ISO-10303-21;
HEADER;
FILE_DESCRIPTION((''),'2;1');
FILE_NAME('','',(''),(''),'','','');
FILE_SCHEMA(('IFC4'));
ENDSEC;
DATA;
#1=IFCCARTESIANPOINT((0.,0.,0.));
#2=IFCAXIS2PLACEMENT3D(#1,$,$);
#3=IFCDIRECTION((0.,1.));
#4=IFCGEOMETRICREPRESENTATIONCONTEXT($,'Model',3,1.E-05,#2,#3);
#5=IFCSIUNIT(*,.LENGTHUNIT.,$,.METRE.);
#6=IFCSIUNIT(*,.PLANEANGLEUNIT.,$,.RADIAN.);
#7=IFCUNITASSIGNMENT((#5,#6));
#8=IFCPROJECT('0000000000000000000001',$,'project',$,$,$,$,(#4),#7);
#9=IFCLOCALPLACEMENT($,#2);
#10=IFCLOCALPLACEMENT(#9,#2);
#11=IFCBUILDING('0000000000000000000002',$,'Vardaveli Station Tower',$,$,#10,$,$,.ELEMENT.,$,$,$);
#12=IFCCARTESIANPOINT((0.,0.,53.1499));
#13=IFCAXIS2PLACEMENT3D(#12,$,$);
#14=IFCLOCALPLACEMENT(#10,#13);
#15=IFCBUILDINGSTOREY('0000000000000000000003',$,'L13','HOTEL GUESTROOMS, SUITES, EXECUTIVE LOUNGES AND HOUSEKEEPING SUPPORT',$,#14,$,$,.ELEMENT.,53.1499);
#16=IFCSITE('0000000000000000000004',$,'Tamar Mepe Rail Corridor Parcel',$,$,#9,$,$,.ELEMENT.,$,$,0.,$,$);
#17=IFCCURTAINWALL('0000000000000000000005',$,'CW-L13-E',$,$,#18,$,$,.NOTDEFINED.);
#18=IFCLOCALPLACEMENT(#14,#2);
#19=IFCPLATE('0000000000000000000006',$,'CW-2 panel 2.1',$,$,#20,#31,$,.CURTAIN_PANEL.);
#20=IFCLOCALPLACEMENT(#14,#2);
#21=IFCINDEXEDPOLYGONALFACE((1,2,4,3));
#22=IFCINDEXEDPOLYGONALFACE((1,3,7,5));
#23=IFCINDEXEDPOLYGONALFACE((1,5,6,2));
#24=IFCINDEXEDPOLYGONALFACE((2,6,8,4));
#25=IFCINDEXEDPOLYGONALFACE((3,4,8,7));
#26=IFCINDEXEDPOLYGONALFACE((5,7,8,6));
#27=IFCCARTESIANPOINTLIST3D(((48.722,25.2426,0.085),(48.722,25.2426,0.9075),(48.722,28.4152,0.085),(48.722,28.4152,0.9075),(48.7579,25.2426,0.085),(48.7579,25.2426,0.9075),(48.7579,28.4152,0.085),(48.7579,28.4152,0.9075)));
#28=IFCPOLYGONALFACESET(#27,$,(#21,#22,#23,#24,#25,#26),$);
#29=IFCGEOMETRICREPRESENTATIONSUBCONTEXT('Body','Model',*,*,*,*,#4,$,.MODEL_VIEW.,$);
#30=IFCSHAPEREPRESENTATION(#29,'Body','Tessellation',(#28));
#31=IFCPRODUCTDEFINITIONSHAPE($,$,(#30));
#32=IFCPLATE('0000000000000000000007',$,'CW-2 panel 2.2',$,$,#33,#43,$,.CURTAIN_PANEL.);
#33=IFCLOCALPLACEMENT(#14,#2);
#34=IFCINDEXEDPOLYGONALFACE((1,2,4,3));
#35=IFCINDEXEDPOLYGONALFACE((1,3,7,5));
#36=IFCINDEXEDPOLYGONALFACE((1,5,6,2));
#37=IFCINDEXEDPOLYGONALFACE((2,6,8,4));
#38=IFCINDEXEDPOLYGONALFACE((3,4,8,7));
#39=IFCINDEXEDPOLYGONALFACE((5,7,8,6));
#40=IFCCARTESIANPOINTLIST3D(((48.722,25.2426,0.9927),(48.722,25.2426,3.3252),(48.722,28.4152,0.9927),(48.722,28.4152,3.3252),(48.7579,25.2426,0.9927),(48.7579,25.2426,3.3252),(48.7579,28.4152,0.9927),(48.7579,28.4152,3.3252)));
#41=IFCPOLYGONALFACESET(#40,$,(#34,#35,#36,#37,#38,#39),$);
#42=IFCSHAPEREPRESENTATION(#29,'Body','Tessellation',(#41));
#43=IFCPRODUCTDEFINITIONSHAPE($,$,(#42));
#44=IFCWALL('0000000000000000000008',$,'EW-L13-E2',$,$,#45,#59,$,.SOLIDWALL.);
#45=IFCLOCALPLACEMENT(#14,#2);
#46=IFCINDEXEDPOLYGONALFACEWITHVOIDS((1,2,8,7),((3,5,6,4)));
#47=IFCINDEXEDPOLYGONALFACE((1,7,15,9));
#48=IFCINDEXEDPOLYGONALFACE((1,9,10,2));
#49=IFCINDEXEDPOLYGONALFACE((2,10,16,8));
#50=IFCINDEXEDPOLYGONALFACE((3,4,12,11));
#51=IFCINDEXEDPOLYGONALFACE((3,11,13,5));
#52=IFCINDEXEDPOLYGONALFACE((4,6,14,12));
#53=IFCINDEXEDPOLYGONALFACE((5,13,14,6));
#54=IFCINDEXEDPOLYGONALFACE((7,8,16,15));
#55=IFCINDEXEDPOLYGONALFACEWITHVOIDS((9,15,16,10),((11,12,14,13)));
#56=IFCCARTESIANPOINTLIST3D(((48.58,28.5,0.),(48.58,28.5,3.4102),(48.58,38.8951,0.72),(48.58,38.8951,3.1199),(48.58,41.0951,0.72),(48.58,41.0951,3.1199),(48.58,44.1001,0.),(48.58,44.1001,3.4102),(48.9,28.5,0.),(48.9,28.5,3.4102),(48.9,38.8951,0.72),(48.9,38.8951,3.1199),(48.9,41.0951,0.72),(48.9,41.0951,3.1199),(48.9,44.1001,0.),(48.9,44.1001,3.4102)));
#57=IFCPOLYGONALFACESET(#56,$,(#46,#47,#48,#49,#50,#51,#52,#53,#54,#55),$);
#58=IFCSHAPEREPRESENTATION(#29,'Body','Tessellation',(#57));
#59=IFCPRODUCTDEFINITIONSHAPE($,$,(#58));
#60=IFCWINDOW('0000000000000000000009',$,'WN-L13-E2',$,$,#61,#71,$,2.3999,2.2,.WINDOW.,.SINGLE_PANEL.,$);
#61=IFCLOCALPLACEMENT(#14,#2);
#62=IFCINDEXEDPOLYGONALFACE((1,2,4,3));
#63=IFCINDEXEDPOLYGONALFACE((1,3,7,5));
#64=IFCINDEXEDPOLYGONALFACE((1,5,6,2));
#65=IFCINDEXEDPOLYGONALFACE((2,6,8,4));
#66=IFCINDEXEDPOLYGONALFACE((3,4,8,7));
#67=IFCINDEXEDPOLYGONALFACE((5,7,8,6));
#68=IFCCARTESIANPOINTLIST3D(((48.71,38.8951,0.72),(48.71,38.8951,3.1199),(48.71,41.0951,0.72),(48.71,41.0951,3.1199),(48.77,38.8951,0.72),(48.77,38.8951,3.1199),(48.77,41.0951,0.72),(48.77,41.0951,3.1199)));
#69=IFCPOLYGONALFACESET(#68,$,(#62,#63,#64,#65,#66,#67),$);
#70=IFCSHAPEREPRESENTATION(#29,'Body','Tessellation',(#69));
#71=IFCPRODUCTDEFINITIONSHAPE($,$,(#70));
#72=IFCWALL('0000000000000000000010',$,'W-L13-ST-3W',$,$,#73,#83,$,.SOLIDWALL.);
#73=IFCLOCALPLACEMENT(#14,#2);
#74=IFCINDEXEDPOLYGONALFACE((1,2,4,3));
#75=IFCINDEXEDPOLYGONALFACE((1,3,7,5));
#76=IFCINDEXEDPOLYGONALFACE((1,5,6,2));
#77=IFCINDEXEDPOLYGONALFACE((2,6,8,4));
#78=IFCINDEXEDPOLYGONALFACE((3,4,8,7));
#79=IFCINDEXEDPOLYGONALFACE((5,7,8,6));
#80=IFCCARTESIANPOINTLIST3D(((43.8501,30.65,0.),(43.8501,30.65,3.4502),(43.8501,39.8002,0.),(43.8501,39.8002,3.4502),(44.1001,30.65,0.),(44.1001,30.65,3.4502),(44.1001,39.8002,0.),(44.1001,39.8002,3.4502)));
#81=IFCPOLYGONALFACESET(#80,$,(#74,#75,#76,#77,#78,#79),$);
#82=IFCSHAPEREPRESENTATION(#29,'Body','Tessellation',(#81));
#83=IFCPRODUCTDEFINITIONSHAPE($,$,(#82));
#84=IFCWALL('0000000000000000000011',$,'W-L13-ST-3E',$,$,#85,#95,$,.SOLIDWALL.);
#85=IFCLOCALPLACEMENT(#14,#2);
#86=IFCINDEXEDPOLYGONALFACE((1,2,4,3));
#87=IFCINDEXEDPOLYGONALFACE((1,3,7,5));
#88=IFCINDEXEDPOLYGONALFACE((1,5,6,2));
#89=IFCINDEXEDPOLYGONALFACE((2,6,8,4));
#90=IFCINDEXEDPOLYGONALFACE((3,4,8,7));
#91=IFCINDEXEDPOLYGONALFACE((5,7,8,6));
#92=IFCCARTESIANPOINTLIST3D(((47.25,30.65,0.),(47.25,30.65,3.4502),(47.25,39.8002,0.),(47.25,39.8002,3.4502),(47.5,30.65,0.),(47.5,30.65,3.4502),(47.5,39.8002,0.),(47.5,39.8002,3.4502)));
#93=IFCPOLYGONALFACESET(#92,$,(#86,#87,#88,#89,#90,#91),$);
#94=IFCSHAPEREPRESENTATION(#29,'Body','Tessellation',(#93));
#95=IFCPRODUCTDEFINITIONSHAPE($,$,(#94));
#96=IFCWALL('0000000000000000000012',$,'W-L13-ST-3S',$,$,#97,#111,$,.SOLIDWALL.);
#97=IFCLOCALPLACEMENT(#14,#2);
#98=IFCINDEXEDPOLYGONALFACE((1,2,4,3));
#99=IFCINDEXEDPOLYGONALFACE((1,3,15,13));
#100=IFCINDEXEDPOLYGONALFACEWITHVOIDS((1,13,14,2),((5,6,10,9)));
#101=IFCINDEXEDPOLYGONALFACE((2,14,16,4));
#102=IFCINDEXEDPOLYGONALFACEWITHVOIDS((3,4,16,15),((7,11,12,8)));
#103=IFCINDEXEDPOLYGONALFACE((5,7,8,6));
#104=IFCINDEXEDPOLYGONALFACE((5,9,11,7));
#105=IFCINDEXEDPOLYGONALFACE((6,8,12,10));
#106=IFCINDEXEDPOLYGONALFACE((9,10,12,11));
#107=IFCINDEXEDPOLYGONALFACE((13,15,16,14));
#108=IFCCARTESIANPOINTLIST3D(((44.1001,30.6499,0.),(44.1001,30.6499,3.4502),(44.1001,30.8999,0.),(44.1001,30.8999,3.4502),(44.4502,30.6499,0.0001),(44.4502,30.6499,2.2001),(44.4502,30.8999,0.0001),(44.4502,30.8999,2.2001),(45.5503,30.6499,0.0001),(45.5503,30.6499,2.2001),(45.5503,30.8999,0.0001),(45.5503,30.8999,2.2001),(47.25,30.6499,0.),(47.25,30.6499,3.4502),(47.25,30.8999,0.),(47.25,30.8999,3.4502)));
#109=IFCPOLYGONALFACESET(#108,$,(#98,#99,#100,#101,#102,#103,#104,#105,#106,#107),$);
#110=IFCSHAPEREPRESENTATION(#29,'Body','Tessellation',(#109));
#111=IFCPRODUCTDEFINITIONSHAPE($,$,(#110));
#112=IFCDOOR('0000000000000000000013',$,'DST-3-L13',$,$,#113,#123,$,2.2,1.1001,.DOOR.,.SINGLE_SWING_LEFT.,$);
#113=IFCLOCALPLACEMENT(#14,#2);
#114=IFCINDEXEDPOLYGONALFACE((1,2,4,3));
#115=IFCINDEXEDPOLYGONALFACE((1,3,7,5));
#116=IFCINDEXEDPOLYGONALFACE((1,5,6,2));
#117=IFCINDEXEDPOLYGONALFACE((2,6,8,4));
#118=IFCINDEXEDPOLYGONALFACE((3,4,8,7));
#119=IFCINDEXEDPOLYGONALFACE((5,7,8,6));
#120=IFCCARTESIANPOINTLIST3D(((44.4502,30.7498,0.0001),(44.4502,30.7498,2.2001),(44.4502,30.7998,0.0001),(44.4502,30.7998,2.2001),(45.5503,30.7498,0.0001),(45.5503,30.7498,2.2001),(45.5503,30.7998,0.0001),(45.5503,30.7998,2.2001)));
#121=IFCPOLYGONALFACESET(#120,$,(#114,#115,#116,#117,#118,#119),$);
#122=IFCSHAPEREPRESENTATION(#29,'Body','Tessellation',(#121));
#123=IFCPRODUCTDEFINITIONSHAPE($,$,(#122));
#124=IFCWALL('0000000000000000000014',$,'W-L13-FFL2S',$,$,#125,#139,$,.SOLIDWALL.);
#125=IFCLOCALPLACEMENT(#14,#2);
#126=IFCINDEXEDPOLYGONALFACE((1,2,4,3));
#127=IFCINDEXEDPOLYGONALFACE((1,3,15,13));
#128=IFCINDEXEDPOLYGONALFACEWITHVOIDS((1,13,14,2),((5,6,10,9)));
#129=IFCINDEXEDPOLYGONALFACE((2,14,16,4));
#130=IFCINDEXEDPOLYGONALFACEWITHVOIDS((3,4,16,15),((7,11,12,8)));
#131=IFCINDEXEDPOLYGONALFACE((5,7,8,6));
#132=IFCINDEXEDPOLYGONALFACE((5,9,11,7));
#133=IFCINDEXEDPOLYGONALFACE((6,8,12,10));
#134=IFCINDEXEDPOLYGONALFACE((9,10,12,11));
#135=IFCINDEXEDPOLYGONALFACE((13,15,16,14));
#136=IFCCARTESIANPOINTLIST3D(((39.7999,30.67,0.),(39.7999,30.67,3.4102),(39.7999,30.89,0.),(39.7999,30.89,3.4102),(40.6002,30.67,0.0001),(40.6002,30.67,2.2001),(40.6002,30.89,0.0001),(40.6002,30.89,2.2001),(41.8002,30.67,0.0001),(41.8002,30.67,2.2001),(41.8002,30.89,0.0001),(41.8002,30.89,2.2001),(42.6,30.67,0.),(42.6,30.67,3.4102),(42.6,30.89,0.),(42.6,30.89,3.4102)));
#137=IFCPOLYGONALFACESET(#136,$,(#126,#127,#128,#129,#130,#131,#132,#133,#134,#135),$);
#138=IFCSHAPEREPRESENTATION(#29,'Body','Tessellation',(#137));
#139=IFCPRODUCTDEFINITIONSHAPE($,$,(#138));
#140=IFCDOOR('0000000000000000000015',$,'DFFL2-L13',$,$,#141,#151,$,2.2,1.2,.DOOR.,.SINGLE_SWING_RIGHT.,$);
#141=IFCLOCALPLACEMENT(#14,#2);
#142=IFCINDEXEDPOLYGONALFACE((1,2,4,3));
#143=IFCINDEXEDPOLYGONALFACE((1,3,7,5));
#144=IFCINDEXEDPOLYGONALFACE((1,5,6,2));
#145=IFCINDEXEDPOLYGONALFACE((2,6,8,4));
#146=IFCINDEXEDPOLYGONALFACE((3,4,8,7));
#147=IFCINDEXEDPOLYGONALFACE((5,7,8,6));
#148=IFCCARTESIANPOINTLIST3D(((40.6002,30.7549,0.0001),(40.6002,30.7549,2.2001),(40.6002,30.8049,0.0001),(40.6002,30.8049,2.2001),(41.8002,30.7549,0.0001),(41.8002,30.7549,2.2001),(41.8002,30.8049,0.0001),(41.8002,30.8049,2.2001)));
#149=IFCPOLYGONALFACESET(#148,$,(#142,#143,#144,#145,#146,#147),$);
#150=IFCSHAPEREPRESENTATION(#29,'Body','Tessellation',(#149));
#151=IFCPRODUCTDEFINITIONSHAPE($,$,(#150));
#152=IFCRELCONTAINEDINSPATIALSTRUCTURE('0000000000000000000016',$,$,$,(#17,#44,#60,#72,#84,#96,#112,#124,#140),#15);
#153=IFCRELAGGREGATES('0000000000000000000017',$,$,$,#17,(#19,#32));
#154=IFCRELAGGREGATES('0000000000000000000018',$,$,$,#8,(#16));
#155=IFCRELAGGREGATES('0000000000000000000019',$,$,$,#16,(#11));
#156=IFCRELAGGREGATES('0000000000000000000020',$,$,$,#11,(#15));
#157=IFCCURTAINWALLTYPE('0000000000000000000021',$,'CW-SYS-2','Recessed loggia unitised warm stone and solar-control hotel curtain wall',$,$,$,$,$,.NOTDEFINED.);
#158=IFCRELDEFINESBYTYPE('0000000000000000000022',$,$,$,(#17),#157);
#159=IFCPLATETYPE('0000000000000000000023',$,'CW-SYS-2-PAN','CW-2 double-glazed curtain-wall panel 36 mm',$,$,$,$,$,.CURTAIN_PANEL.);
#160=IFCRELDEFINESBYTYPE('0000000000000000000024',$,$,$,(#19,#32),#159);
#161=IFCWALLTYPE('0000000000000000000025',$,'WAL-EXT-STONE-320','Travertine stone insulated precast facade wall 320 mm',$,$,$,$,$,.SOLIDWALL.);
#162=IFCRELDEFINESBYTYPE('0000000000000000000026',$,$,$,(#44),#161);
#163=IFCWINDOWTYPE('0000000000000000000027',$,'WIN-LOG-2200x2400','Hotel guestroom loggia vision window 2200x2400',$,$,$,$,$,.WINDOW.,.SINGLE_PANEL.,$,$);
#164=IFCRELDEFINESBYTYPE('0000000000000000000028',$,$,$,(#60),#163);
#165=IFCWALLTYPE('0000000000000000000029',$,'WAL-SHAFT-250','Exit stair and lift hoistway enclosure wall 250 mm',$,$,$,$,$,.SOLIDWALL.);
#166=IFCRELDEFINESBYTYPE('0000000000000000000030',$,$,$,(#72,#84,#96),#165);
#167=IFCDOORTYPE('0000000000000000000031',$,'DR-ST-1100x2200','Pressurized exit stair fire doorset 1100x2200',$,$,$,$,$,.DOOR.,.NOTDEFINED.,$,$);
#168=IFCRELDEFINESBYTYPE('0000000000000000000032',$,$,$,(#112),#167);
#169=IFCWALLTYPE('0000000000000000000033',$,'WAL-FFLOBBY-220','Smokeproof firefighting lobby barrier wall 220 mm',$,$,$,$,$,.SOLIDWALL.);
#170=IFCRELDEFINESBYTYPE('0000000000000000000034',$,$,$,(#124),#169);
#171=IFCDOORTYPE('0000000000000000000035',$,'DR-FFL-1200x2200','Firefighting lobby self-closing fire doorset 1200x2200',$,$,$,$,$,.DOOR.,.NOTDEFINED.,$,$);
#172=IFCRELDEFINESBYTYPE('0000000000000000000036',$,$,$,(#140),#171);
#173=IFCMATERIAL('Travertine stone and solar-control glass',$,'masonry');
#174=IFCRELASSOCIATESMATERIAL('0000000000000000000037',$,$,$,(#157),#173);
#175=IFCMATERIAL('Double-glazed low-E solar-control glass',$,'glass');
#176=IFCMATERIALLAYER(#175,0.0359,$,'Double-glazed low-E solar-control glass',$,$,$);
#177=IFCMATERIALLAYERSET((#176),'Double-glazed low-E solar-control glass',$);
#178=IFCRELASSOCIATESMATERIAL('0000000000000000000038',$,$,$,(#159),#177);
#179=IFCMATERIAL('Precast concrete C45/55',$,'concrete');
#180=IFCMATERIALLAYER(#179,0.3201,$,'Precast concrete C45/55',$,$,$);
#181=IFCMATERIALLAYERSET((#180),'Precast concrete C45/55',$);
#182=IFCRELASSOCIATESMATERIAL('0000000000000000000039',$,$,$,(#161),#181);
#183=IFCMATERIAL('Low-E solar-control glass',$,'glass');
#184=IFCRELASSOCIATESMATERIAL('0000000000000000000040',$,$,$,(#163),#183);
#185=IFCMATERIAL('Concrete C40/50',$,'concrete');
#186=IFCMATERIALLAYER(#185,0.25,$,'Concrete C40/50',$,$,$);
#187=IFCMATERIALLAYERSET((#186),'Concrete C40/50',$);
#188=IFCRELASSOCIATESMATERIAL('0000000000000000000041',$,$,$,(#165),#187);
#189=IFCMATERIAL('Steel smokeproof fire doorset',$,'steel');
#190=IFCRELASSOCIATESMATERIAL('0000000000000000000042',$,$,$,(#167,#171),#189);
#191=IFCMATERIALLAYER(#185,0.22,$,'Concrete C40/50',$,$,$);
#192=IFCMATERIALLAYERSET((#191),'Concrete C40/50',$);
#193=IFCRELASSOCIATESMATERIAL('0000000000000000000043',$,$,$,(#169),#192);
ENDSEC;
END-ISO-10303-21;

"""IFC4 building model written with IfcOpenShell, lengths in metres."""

from ifc_helpers import new_model, si_unit, direction, frame, frame_2d, origin, origin_2d, place, context, subcontext, project, spatial, rectangle, extrude, source, transform, mapped, material, layer, layer_set, type_object, element, fill, aggregate, save


model = new_model("IFC4")

# Units and contexts
model_context = context("Model", 3, precision=1e-05, world=origin(), true_north=direction((0.0, 1.0)))
body_context = subcontext(model_context, "Body", "Model", "MODEL_VIEW")
ifc_project = project(units=[si_unit("LENGTHUNIT", "METRE"), si_unit("PLANEANGLEUNIT", "RADIAN")], contexts=[model_context])

# Site, building, storey
site_placement = place(None, origin())
site = spatial("IfcSite", under=ifc_project, at=site_placement, Name="Tamar Mepe Rail Corridor Parcel", CompositionType="ELEMENT", RefElevation=0.0)
building_placement = place(site_placement, origin())
building = spatial("IfcBuilding", under=site, at=building_placement, Name="Vardaveli Station Tower", CompositionType="ELEMENT")
storey_placement = place(building_placement, frame((0.0, 0.0, 53.1499)))
storey = spatial("IfcBuildingStorey", under=building, at=storey_placement, Name="L13", Description="HOTEL GUESTROOMS, SUITES, EXECUTIVE LOUNGES AND HOUSEKEEPING SUPPORT", CompositionType="ELEMENT", Elevation=53.1499)

# Shared definitions
ifc_material_1 = material(Name="Precast concrete C45/55", Category="concrete")

# Curtain wall, plates
ifc_material_2 = material(Name="Travertine stone and solar-control glass", Category="masonry")
curtain_wall_type = type_object("IfcCurtainWallType", Name="CW-SYS-2", Description="Recessed loggia unitised warm stone and solar-control hotel curtain wall", PredefinedType="NOTDEFINED", material=ifc_material_2)
curtain_wall_placement = place(storey_placement, origin())
curtain_wall = element("IfcCurtainWall", 1, at=curtain_wall_placement, inside=storey, type_object=curtain_wall_type, Name="CW-L13-E", PredefinedType="NOTDEFINED")
ifc_material_3 = material(Name="Double-glazed low-E solar-control glass", Category="glass")
ifc_layer_1 = layer(ifc_material_3, 0.0359, Name="Double-glazed low-E solar-control glass")
ifc_layer_set_1 = layer_set([ifc_layer_1], Name="Double-glazed low-E solar-control glass")
plate_type = type_object("IfcPlateType", Name="CW-SYS-2-PAN", Description="CW-2 double-glazed curtain-wall panel 36 mm", PredefinedType="CURTAIN_PANEL", material=ifc_layer_set_1)
shared_shape_1 = source(origin(), body_context, "Body", "SweptSolid", [
    extrude(rectangle(XDim=3.1726, YDim=0.0359, at=origin_2d()), origin(), (0.0, 0.0, 1.0), 0.8225),
])
plate_1_placement = place(storey_placement, frame((48.74, 26.8289, 0.085), z_axis=(0.0, 0.0, 1.0), x_axis=(0.0, 1.0, 0.0)))
plate_1 = element("IfcPlate", 2, at=plate_1_placement, type_object=plate_type, Name="CW-2 panel 2.1", PredefinedType="CURTAIN_PANEL", context=body_context, shape_type="MappedRepresentation", body=[
    mapped(shared_shape_1, transform((0.0, 0.0, 0.0), scale=1.0)),
])
shared_shape_2 = source(origin(), body_context, "Body", "SweptSolid", [
    extrude(rectangle(XDim=3.1726, YDim=0.0359, at=origin_2d()), origin(), (0.0, 0.0, 1.0), 2.3325),
])
plate_2_placement = place(storey_placement, frame((48.74, 26.8289, 0.9927), z_axis=(0.0, 0.0, 1.0), x_axis=(0.0, 1.0, 0.0)))
plate_2 = element("IfcPlate", 3, at=plate_2_placement, type_object=plate_type, Name="CW-2 panel 2.2", PredefinedType="CURTAIN_PANEL", context=body_context, shape_type="MappedRepresentation", body=[
    mapped(shared_shape_2, transform((0.0, 0.0, 0.0), scale=1.0)),
])
aggregate(curtain_wall, [plate_1, plate_2])

# Wall, opening, window
ifc_layer_2 = layer(ifc_material_1, 0.3201, Name="Precast concrete C45/55")
ifc_layer_set_2 = layer_set([ifc_layer_2], Name="Precast concrete C45/55")
wall_type_1 = type_object("IfcWallType", Name="WAL-EXT-STONE-320", Description="Travertine stone insulated precast facade wall 320 mm", PredefinedType="SOLIDWALL", material=ifc_layer_set_2)
shared_shape_3 = source(origin(), body_context, "Body", "SweptSolid", [
    extrude(rectangle(XDim=15.6001, YDim=0.3201, at=frame_2d((7.8, 0.0))), origin(), (0.0, 0.0, 1.0), 3.4102),
])
wall_1_placement = place(storey_placement, frame((48.74, 28.5, 0.0), z_axis=(0.0, 0.0, 1.0), x_axis=(0.0, 1.0, 0.0)))
wall_1 = element("IfcWall", 4, at=wall_1_placement, inside=storey, type_object=wall_type_1, Name="EW-L13-E2", PredefinedType="SOLIDWALL", context=body_context, shape_type="MappedRepresentation", body=[
    mapped(shared_shape_3, transform((0.0, 0.0, 0.0), scale=1.0)),
])
shared_shape_4 = source(origin(), body_context, "Body", "SweptSolid", [
    extrude(rectangle(XDim=2.2, YDim=2.3999, at=frame_2d((1.1001, 1.2))), frame((0.0, 0.1699, 0.0), z_axis=(0.0, -1.0, 0.0), x_axis=(1.0, 0.0, 0.0)), (0.0, 0.0, 1.0), 0.3401),
])
opening_1_placement = place(wall_1_placement, frame((10.395, 0.0, 0.72)))
opening_1 = element("IfcOpeningElement", 5, at=opening_1_placement, cuts=wall_1, PredefinedType="OPENING", context=body_context, shape_type="MappedRepresentation", body=[
    mapped(shared_shape_4, transform((0.0, 0.0, 0.0), scale=1.0)),
])
ifc_material_4 = material(Name="Low-E solar-control glass", Category="glass")
window_type = type_object("IfcWindowType", Name="WIN-LOG-2200x2400", Description="Hotel guestroom loggia vision window 2200x2400", PartitioningType="SINGLE_PANEL", PredefinedType="WINDOW", material=ifc_material_4)
shared_shape_5 = source(origin(), body_context, "Body", "SweptSolid", [
    extrude(rectangle(XDim=2.2, YDim=2.3999, at=frame_2d((1.1001, 1.2))), frame((0.0, 0.03, 0.0), z_axis=(0.0, -1.0, 0.0), x_axis=(1.0, 0.0, 0.0)), (0.0, 0.0, 1.0), 0.0601),
])
window_placement = place(opening_1_placement, origin())
window = element("IfcWindow", 6, at=window_placement, inside=storey, type_object=window_type, Name="WN-L13-E2", OverallHeight=2.3999, OverallWidth=2.2, PartitioningType="SINGLE_PANEL", PredefinedType="WINDOW", context=body_context, shape_type="MappedRepresentation", body=[
    mapped(shared_shape_5, transform((0.0, 0.0, 0.0), scale=1.0)),
])
fill(opening_1, window)

# Walls
ifc_material_5 = material(Name="Concrete C40/50", Category="concrete")
ifc_layer_3 = layer(ifc_material_5, 0.25, Name="Concrete C40/50")
ifc_layer_set_3 = layer_set([ifc_layer_3], Name="Concrete C40/50")
wall_type_2 = type_object("IfcWallType", Name="WAL-SHAFT-250", Description="Exit stair and lift hoistway enclosure wall 250 mm", PredefinedType="SOLIDWALL", material=ifc_layer_set_3)
shared_shape_6 = source(origin(), body_context, "Body", "SweptSolid", [
    extrude(rectangle(XDim=9.1501, YDim=0.25, at=frame_2d((4.5752, 0.0))), origin(), (0.0, 0.0, 1.0), 3.4502),
])
for number, where, z_axis, x_axis, name in (
    (7, (43.9751, 30.6499, 0.0), (0.0, 0.0, 1.0), (0.0, 1.0, 0.0), "W-L13-ST-3W"),
    (8, (47.375, 30.6499, 0.0), (0.0, 0.0, 1.0), (0.0, 1.0, 0.0), "W-L13-ST-3E"),
):
    element("IfcWall", number, at=place(storey_placement, frame(where, z_axis=z_axis, x_axis=x_axis)), inside=storey, type_object=wall_type_2, Name=name, PredefinedType="SOLIDWALL", context=body_context, shape_type="MappedRepresentation", body=[
        mapped(shared_shape_6, transform((0.0, 0.0, 0.0), scale=1.0)),
    ])

# Walls, openings, doors
shared_shape_7 = source(origin(), body_context, "Body", "SweptSolid", [
    extrude(rectangle(XDim=3.1499, YDim=0.25, at=frame_2d((1.575, 0.0))), origin(), (0.0, 0.0, 1.0), 3.4502),
])
wall_2_placement = place(storey_placement, frame((44.1001, 30.7749, 0.0), z_axis=(0.0, 0.0, 1.0), x_axis=(1.0, 0.0, 0.0)))
wall_2 = element("IfcWall", 9, at=wall_2_placement, inside=storey, type_object=wall_type_2, Name="W-L13-ST-3S", PredefinedType="SOLIDWALL", context=body_context, shape_type="MappedRepresentation", body=[
    mapped(shared_shape_7, transform((0.0, 0.0, 0.0), scale=1.0)),
])
shared_shape_8 = source(origin(), body_context, "Body", "SweptSolid", [
    extrude(rectangle(XDim=1.1001, YDim=2.2, at=frame_2d((0.55, 1.1001))), frame((0.0, 0.135, 0.0), z_axis=(0.0, -1.0, 0.0), x_axis=(1.0, 0.0, 0.0)), (0.0, 0.0, 1.0), 0.27),
])
opening_2_placement = place(wall_2_placement, frame((0.3501, 0.0, 0.0)))
opening_2 = element("IfcOpeningElement", 10, at=opening_2_placement, cuts=wall_2, PredefinedType="OPENING", context=body_context, shape_type="MappedRepresentation", body=[
    mapped(shared_shape_8, transform((0.0, 0.0, 0.0), scale=1.0)),
])
ifc_material_6 = material(Name="Steel smokeproof fire doorset", Category="steel")
door_type_1 = type_object("IfcDoorType", Name="DR-ST-1100x2200", Description="Pressurized exit stair fire doorset 1100x2200", OperationType="NOTDEFINED", PredefinedType="DOOR", material=ifc_material_6)
shared_shape_9 = source(origin(), body_context, "Body", "SweptSolid", [
    extrude(rectangle(XDim=1.1001, YDim=2.2, at=frame_2d((0.55, 1.1001))), frame((0.0, 0.0249, 0.0), z_axis=(0.0, -1.0, 0.0), x_axis=(1.0, 0.0, 0.0)), (0.0, 0.0, 1.0), 0.05),
])
door_1_placement = place(opening_2_placement, origin())
door_1 = element("IfcDoor", 11, at=door_1_placement, inside=storey, type_object=door_type_1, Name="DST-3-L13", OperationType="SINGLE_SWING_LEFT", OverallHeight=2.2, OverallWidth=1.1001, PredefinedType="DOOR", context=body_context, shape_type="MappedRepresentation", body=[
    mapped(shared_shape_9, transform((0.0, 0.0, 0.0), scale=1.0)),
])
fill(opening_2, door_1)
ifc_layer_4 = layer(ifc_material_5, 0.22, Name="Concrete C40/50")
ifc_layer_set_4 = layer_set([ifc_layer_4], Name="Concrete C40/50")
wall_type_3 = type_object("IfcWallType", Name="WAL-FFLOBBY-220", Description="Smokeproof firefighting lobby barrier wall 220 mm", PredefinedType="SOLIDWALL", material=ifc_layer_set_4)
shared_shape_10 = source(origin(), body_context, "Body", "SweptSolid", [
    extrude(rectangle(XDim=2.8, YDim=0.22, at=frame_2d((1.3999, 0.0))), origin(), (0.0, 0.0, 1.0), 3.4102),
])
wall_3_placement = place(storey_placement, frame((39.8, 30.78, 0.0), z_axis=(0.0, 0.0, 1.0), x_axis=(1.0, 0.0, 0.0)))
wall_3 = element("IfcWall", 12, at=wall_3_placement, inside=storey, type_object=wall_type_3, Name="W-L13-FFL2S", PredefinedType="SOLIDWALL", context=body_context, shape_type="MappedRepresentation", body=[
    mapped(shared_shape_10, transform((0.0, 0.0, 0.0), scale=1.0)),
])
shared_shape_11 = source(origin(), body_context, "Body", "SweptSolid", [
    extrude(rectangle(XDim=1.2, YDim=2.2, at=frame_2d((0.6001, 1.1001))), frame((0.0, 0.1201, 0.0), z_axis=(0.0, -1.0, 0.0), x_axis=(1.0, 0.0, 0.0)), (0.0, 0.0, 1.0), 0.24),
])
opening_3_placement = place(wall_3_placement, frame((0.8, 0.0, 0.0)))
opening_3 = element("IfcOpeningElement", 13, at=opening_3_placement, cuts=wall_3, PredefinedType="OPENING", context=body_context, shape_type="MappedRepresentation", body=[
    mapped(shared_shape_11, transform((0.0, 0.0, 0.0), scale=1.0)),
])
door_type_2 = type_object("IfcDoorType", Name="DR-FFL-1200x2200", Description="Firefighting lobby self-closing fire doorset 1200x2200", OperationType="NOTDEFINED", PredefinedType="DOOR", material=ifc_material_6)
shared_shape_12 = source(origin(), body_context, "Body", "SweptSolid", [
    extrude(rectangle(XDim=1.2, YDim=2.2, at=frame_2d((0.6001, 1.1001))), frame((0.0, 0.0249, 0.0), z_axis=(0.0, -1.0, 0.0), x_axis=(1.0, 0.0, 0.0)), (0.0, 0.0, 1.0), 0.05),
])
door_2_placement = place(opening_3_placement, origin())
door_2 = element("IfcDoor", 14, at=door_2_placement, inside=storey, type_object=door_type_2, Name="DFFL2-L13", OperationType="SINGLE_SWING_RIGHT", OverallHeight=2.2, OverallWidth=1.2, PredefinedType="DOOR", context=body_context, shape_type="MappedRepresentation", body=[
    mapped(shared_shape_12, transform((0.0, 0.0, 0.0), scale=1.0)),
])
fill(opening_3, door_2)

save(model, "model.ifc")
